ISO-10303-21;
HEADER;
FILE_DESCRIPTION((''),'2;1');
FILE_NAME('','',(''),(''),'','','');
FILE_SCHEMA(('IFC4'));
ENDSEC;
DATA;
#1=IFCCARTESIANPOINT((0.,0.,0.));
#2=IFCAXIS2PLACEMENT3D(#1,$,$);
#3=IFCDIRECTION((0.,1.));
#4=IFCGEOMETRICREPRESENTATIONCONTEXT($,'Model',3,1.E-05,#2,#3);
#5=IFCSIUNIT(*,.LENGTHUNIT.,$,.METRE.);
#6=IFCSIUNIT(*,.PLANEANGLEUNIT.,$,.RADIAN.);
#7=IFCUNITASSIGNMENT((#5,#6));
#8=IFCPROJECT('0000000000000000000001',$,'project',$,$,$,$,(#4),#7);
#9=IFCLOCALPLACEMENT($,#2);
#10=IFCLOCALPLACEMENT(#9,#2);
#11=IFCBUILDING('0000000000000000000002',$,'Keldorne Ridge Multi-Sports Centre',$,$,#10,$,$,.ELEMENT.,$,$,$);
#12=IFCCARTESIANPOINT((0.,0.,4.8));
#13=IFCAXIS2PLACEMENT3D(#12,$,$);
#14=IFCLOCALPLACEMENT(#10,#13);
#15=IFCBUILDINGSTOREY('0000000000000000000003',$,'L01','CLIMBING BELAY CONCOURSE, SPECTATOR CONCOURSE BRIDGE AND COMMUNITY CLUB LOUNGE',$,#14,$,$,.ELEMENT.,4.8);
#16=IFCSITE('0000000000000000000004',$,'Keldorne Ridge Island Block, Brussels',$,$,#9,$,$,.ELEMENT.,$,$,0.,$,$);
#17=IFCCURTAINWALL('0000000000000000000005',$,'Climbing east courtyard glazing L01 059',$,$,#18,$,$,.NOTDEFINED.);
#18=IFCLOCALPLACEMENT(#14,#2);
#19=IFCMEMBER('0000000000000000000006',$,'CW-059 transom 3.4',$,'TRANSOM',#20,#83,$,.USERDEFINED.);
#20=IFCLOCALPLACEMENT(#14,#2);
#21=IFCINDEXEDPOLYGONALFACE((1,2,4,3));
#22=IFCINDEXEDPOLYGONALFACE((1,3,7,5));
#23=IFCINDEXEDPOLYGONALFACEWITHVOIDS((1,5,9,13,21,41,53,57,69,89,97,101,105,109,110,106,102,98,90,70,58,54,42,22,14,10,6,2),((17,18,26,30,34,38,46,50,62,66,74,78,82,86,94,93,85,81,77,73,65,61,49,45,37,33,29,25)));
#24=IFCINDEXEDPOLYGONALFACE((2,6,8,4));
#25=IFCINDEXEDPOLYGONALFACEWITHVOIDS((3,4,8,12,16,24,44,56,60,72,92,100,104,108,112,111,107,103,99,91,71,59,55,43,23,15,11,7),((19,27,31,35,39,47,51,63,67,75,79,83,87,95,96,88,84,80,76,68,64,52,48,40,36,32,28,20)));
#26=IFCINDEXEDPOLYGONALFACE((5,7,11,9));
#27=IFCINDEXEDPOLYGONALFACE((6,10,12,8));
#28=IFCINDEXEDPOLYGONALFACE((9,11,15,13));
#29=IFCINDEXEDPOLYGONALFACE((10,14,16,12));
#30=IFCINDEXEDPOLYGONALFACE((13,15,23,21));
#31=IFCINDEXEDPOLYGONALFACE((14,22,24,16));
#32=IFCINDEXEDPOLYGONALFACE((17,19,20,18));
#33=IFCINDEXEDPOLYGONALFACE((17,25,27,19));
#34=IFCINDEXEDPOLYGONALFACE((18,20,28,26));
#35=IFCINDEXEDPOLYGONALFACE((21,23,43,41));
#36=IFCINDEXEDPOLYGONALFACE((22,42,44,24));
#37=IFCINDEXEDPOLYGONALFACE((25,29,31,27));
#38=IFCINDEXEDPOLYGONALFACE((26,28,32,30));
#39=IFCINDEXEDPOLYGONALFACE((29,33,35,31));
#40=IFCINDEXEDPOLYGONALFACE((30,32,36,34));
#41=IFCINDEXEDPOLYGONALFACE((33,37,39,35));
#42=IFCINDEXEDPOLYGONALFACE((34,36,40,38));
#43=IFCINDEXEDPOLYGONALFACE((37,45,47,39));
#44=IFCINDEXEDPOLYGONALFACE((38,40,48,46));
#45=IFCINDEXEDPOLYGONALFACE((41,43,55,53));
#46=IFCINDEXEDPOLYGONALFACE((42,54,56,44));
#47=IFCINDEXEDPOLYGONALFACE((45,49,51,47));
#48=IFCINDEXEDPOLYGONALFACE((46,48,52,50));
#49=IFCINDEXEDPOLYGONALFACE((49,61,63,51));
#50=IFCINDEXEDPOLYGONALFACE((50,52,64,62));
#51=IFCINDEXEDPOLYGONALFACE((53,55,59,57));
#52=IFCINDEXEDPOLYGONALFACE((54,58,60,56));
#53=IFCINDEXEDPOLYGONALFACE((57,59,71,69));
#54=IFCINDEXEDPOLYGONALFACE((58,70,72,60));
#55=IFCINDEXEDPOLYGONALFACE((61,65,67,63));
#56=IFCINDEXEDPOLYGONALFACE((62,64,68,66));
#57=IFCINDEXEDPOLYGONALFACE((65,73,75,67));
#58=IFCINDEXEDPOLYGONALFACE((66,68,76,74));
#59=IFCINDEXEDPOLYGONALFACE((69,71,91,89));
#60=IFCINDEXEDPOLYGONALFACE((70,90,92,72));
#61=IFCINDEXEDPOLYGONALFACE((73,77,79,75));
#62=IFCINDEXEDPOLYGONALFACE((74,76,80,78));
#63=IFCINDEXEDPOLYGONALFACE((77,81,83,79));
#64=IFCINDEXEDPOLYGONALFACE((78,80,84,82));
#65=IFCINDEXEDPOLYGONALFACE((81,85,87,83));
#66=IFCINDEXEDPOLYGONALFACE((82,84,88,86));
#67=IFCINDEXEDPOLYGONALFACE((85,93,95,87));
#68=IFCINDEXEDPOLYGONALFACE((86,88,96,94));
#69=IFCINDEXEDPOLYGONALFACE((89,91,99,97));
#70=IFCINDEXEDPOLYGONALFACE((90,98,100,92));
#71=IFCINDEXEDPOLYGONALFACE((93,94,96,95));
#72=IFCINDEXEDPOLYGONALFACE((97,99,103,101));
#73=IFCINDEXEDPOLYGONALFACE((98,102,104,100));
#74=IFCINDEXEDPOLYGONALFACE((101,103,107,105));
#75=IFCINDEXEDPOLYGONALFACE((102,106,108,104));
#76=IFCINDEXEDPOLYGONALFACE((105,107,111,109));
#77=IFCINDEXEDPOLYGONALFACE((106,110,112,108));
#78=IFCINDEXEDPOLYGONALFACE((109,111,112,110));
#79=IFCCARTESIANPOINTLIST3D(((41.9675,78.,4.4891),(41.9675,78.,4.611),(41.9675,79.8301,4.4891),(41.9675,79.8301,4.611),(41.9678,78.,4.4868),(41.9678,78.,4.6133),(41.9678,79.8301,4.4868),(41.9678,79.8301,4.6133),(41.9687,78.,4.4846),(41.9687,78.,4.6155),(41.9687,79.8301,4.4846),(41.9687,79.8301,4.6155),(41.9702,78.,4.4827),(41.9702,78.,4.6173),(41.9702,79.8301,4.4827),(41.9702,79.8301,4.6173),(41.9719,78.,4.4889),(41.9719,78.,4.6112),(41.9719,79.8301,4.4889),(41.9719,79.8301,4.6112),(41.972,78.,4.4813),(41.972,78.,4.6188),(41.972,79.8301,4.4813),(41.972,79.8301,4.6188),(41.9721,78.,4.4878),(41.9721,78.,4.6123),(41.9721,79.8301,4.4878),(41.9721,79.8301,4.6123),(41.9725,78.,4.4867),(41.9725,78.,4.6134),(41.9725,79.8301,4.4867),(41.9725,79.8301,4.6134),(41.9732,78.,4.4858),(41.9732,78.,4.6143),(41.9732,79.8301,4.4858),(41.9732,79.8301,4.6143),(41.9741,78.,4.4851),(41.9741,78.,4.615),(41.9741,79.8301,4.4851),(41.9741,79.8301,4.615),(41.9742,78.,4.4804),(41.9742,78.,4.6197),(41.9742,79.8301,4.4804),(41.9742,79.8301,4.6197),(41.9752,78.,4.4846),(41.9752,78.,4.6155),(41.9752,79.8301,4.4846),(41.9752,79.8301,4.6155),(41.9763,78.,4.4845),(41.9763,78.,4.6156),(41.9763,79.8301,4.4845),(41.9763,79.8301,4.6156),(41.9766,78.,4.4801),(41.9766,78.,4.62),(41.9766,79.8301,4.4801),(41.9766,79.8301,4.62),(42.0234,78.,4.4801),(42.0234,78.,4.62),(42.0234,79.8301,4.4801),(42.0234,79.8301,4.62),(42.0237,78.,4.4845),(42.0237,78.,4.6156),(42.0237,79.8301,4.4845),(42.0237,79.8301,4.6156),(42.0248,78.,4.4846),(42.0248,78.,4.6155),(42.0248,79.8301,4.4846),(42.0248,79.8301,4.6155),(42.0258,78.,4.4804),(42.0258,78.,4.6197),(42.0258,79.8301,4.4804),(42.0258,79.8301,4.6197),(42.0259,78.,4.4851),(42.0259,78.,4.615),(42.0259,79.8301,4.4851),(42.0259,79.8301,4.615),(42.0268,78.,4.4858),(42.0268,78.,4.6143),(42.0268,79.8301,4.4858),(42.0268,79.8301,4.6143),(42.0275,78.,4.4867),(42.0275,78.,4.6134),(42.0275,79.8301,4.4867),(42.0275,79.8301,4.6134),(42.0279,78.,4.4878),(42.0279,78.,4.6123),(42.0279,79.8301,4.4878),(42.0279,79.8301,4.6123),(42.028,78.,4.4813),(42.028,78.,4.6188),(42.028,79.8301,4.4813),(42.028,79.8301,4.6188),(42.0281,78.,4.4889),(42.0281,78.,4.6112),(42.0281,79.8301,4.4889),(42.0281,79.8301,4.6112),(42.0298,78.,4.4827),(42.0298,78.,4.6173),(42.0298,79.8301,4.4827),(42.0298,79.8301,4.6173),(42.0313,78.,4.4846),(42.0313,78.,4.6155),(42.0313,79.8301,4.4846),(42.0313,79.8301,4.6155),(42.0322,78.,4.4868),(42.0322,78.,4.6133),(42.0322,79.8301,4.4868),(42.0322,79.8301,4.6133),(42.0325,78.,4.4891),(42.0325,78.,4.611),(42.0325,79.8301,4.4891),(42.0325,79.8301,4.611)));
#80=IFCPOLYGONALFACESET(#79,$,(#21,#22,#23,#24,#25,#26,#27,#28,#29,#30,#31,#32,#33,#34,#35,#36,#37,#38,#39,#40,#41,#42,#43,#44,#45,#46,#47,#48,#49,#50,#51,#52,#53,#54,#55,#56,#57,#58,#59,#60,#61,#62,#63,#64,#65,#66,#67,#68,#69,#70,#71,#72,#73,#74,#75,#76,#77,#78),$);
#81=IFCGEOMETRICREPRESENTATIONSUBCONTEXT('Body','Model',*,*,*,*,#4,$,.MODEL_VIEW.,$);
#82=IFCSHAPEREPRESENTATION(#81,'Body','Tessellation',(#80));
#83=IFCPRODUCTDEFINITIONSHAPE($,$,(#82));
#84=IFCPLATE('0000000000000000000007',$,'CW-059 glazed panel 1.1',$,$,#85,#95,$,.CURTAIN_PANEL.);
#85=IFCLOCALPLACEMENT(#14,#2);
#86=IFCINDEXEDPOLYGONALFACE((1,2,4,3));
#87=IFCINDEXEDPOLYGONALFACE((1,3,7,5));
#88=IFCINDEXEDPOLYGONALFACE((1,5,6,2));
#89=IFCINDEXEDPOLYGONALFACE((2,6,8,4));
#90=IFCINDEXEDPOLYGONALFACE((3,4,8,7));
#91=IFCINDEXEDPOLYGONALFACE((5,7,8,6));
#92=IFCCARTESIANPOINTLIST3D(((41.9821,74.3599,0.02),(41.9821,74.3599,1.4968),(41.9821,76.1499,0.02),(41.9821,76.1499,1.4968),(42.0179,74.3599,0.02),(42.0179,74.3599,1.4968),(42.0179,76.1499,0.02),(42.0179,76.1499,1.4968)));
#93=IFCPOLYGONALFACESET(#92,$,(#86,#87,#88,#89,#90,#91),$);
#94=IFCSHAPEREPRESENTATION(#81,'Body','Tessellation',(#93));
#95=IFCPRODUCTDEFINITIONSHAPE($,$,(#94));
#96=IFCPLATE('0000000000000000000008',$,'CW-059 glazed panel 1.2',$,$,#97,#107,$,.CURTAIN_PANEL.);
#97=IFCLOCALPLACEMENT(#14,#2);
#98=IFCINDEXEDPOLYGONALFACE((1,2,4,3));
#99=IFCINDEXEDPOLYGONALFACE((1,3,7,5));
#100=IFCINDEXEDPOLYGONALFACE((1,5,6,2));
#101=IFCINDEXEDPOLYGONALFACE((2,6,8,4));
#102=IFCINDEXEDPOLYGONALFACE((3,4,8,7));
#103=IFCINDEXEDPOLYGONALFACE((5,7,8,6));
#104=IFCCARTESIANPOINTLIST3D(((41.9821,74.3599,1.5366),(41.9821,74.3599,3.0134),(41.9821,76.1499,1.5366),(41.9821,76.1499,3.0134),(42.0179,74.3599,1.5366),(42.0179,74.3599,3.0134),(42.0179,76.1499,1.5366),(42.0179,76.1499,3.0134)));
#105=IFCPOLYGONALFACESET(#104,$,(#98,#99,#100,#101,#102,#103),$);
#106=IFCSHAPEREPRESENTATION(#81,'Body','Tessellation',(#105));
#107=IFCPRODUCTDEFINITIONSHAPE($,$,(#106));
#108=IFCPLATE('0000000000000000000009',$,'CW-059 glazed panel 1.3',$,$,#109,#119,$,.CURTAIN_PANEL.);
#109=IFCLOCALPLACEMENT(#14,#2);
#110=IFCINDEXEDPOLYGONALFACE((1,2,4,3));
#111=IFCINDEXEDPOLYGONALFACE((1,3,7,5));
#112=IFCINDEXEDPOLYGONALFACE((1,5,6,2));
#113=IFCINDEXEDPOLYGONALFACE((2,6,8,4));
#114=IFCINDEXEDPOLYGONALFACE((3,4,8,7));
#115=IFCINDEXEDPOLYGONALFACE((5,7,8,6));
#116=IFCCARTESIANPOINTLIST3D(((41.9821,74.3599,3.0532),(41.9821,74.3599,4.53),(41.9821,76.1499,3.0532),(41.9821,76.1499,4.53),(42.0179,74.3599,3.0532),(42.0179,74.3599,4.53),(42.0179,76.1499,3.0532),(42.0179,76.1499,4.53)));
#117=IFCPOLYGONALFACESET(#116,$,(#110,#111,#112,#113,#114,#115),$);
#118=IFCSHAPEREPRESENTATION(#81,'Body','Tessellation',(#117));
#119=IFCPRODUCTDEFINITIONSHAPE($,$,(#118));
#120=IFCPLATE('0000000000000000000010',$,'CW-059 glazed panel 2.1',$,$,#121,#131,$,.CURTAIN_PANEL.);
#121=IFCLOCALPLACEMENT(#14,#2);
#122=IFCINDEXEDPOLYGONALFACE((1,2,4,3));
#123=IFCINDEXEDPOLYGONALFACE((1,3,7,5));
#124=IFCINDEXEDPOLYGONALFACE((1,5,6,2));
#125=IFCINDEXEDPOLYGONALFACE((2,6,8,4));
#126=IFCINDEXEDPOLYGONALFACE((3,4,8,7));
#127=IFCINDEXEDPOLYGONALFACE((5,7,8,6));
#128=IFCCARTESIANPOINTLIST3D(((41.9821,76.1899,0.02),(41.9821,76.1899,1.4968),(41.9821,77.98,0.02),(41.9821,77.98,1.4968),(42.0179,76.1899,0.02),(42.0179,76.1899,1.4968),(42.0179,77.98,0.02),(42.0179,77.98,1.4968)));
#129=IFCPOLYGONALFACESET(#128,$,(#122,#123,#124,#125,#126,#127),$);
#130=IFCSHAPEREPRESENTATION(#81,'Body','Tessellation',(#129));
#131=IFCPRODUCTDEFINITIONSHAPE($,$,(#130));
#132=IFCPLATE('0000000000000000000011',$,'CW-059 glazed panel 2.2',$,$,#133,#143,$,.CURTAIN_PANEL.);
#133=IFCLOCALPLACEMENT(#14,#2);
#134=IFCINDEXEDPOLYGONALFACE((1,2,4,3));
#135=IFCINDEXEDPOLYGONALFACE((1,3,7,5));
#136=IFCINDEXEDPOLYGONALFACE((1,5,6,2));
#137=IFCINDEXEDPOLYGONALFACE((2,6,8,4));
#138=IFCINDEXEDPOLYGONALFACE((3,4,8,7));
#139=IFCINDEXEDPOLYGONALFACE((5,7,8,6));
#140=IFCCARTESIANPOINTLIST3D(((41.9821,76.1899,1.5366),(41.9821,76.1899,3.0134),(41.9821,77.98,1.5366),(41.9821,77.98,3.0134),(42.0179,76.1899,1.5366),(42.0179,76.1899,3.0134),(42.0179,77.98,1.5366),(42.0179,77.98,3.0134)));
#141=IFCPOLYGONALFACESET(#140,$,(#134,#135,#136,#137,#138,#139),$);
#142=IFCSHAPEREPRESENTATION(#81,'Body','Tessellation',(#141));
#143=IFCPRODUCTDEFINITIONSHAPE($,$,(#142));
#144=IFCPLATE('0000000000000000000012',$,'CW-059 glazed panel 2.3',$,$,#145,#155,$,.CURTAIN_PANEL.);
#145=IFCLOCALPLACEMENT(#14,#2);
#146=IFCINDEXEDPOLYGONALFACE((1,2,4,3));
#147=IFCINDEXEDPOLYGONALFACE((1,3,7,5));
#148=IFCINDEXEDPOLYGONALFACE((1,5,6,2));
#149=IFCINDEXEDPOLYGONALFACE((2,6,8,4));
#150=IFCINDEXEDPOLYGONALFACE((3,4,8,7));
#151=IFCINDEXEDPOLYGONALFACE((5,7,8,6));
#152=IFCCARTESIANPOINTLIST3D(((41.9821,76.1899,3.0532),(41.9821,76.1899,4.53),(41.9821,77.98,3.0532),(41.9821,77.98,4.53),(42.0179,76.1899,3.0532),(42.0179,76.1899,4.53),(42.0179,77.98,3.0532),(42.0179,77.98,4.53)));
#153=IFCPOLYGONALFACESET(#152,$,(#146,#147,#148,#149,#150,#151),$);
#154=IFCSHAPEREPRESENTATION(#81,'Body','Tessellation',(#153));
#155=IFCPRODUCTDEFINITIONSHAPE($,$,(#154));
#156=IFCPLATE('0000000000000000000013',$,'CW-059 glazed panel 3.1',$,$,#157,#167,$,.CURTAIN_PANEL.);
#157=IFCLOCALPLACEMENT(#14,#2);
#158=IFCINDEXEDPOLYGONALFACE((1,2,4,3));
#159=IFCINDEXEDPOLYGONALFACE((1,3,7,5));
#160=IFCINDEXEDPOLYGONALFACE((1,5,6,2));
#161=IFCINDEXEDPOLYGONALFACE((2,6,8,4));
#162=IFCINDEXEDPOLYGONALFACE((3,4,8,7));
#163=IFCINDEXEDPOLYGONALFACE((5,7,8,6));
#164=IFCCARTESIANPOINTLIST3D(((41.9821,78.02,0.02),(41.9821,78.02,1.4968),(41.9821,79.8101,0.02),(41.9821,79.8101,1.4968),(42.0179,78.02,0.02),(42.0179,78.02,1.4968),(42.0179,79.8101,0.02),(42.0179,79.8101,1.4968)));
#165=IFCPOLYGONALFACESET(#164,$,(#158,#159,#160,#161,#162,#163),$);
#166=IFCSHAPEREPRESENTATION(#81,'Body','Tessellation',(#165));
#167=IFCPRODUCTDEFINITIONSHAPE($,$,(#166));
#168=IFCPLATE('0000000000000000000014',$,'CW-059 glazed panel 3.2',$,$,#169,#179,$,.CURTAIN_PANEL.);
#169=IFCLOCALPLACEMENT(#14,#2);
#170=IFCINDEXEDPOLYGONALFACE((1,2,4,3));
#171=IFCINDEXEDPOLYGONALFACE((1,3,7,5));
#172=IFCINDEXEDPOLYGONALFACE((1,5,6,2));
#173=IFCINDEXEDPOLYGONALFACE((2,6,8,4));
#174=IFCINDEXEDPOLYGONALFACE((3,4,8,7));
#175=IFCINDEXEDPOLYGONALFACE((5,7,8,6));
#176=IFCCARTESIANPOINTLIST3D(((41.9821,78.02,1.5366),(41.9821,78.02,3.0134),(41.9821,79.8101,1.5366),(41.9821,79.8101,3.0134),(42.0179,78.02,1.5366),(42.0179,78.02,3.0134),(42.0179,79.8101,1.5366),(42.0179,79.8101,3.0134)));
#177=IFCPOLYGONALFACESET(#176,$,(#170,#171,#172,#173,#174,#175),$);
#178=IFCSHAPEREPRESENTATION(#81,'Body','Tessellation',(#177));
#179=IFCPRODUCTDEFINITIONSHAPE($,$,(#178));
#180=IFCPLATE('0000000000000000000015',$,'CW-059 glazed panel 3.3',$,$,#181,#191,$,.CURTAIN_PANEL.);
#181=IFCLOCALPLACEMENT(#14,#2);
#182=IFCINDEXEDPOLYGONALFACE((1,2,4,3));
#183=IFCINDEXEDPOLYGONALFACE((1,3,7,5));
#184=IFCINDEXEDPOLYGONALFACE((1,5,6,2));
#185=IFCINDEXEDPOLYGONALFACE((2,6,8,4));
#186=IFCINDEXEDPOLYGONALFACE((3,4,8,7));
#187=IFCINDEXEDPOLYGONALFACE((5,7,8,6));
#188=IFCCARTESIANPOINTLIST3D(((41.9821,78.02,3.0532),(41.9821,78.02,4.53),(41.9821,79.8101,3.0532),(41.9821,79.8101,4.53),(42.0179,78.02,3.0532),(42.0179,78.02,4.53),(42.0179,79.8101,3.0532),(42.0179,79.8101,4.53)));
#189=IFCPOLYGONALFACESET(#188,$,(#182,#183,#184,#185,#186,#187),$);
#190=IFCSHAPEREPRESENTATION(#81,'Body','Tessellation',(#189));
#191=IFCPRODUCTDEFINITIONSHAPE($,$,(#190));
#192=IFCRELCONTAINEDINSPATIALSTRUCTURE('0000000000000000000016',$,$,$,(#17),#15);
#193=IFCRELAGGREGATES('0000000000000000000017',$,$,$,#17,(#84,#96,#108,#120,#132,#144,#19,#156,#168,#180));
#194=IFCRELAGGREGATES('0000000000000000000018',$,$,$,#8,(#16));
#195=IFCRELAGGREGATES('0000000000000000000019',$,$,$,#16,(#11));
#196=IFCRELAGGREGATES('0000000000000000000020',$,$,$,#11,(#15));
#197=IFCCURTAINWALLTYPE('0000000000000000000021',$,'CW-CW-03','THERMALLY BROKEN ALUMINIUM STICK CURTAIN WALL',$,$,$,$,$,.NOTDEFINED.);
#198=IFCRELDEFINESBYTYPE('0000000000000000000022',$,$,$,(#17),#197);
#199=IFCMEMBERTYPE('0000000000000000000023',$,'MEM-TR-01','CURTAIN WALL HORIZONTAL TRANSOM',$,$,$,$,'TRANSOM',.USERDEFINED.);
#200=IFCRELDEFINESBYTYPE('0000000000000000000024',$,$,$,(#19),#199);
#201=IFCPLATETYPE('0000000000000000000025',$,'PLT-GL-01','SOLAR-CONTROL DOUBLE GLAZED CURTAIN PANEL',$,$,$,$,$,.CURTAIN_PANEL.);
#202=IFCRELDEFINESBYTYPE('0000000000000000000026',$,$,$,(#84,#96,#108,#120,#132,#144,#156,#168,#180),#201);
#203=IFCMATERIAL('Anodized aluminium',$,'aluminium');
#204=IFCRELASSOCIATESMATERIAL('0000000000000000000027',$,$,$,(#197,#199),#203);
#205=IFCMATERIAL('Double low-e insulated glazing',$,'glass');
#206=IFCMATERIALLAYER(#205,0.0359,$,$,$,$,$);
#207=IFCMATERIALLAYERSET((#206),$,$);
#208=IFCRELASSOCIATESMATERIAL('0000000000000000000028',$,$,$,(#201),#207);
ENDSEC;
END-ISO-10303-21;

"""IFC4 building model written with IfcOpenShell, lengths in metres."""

from ifc_helpers import new_model, si_unit, direction, frame, origin, origin_2d, place, context, subcontext, project, spatial, rectangle, hollow_rectangle, extrude, material, layer, layer_set, material_profile, profile_set, type_object, element, aggregate, save


model = new_model("IFC4")

# Units and contexts
model_context = context("Model", 3, precision=1e-05, world=origin(), true_north=direction((0.0, 1.0)))
body_context = subcontext(model_context, "Body", "Model", "MODEL_VIEW")
ifc_project = project(units=[si_unit("LENGTHUNIT", "METRE"), si_unit("PLANEANGLEUNIT", "RADIAN")], contexts=[model_context])

# Site, building, storey
site_placement = place(None, origin())
site = spatial("IfcSite", under=ifc_project, at=site_placement, Name="Keldorne Ridge Island Block, Brussels", CompositionType="ELEMENT", RefElevation=0.0)
building_placement = place(site_placement, origin())
building = spatial("IfcBuilding", under=site, at=building_placement, Name="Keldorne Ridge Multi-Sports Centre", CompositionType="ELEMENT")
storey_placement = place(building_placement, frame((0.0, 0.0, 4.8)))
storey = spatial("IfcBuildingStorey", under=building, at=storey_placement, Name="L01", Description="CLIMBING BELAY CONCOURSE, SPECTATOR CONCOURSE BRIDGE AND COMMUNITY CLUB LOUNGE", CompositionType="ELEMENT", Elevation=4.8)

# Curtain wall
ifc_material_1 = material(Name="Anodized aluminium", Category="aluminium")
curtain_wall_type_1 = type_object("IfcCurtainWallType", Name="CW-CW-03", Description="THERMALLY BROKEN ALUMINIUM STICK CURTAIN WALL", PredefinedType="NOTDEFINED", material=ifc_material_1)
curtain_wall_1_placement = place(storey_placement, origin())
curtain_wall_1 = element("IfcCurtainWall", 1, at=curtain_wall_1_placement, inside=storey, type_object=curtain_wall_type_1, Name="Climbing east courtyard glazing L01 059", PredefinedType="NOTDEFINED")
ifc_material_profile_1 = material_profile(ifc_material_1, hollow_rectangle(XDim=0.0649, YDim=0.1399, WallThickness=0.0044, InnerFilletRadius=0.0044, OuterFilletRadius=0.009, at=origin_2d()), Name="ALU TRANSOM 140x65x4.5")
ifc_profile_set_1 = profile_set([ifc_material_profile_1], Name="Anodized aluminium")
member_type_1 = type_object("IfcMemberType", Name="MEM-TR-01", Description="CURTAIN WALL HORIZONTAL TRANSOM", ElementType="TRANSOM", PredefinedType="USERDEFINED", material=ifc_profile_set_1)

# Member
member_1_placement = place(storey_placement, frame((42.0, 78.0, 4.55), z_axis=(0.0, 1.0, 0.0), x_axis=(-1.0, 0.0, 0.0)))
member_1 = element("IfcMember", 2, at=member_1_placement, type_object=member_type_1, Name="CW-059 transom 3.4", ObjectType="TRANSOM", PredefinedType="USERDEFINED", context=body_context, shape_type="SweptSolid", body=[
    extrude(hollow_rectangle(XDim=0.0649, YDim=0.1399, WallThickness=0.0044, InnerFilletRadius=0.0044, OuterFilletRadius=0.009, at=origin_2d()), origin(), (0.0, 0.0, 1.0), 1.8301),
])

# Plates
ifc_material_2 = material(Name="Double low-e insulated glazing", Category="glass")
ifc_layer_1 = layer(ifc_material_2, 0.0359)
ifc_layer_set_1 = layer_set([ifc_layer_1])
plate_type_1 = type_object("IfcPlateType", Name="PLT-GL-01", Description="SOLAR-CONTROL DOUBLE GLAZED CURTAIN PANEL", PredefinedType="CURTAIN_PANEL", material=ifc_layer_set_1)
plate_1_placement = place(storey_placement, frame((42.0, 75.2549, 0.02), z_axis=(0.0, 0.0, 1.0), x_axis=(0.0, 1.0, 0.0)))
plate_1 = element("IfcPlate", 3, at=plate_1_placement, type_object=plate_type_1, Name="CW-059 glazed panel 1.1", PredefinedType="CURTAIN_PANEL", context=body_context, shape_type="SweptSolid", body=[
    extrude(rectangle(XDim=1.79, YDim=0.0359, at=origin_2d()), origin(), (0.0, 0.0, 1.0), 1.4768),
])
plate_2_placement = place(storey_placement, frame((42.0, 75.2549, 1.5366), z_axis=(0.0, 0.0, 1.0), x_axis=(0.0, 1.0, 0.0)))
plate_2 = element("IfcPlate", 4, at=plate_2_placement, type_object=plate_type_1, Name="CW-059 glazed panel 1.2", PredefinedType="CURTAIN_PANEL", context=body_context, shape_type="SweptSolid", body=[
    extrude(rectangle(XDim=1.79, YDim=0.0359, at=origin_2d()), origin(), (0.0, 0.0, 1.0), 1.4768),
])
plate_3_placement = place(storey_placement, frame((42.0, 75.2549, 3.0532), z_axis=(0.0, 0.0, 1.0), x_axis=(0.0, 1.0, 0.0)))
plate_3 = element("IfcPlate", 5, at=plate_3_placement, type_object=plate_type_1, Name="CW-059 glazed panel 1.3", PredefinedType="CURTAIN_PANEL", context=body_context, shape_type="SweptSolid", body=[
    extrude(rectangle(XDim=1.79, YDim=0.0359, at=origin_2d()), origin(), (0.0, 0.0, 1.0), 1.4768),
])
plate_4_placement = place(storey_placement, frame((42.0, 77.085, 0.02), z_axis=(0.0, 0.0, 1.0), x_axis=(0.0, 1.0, 0.0)))
plate_4 = element("IfcPlate", 6, at=plate_4_placement, type_object=plate_type_1, Name="CW-059 glazed panel 2.1", PredefinedType="CURTAIN_PANEL", context=body_context, shape_type="SweptSolid", body=[
    extrude(rectangle(XDim=1.79, YDim=0.0359, at=origin_2d()), origin(), (0.0, 0.0, 1.0), 1.4768),
])
plate_5_placement = place(storey_placement, frame((42.0, 77.085, 1.5366), z_axis=(0.0, 0.0, 1.0), x_axis=(0.0, 1.0, 0.0)))
plate_5 = element("IfcPlate", 7, at=plate_5_placement, type_object=plate_type_1, Name="CW-059 glazed panel 2.2", PredefinedType="CURTAIN_PANEL", context=body_context, shape_type="SweptSolid", body=[
    extrude(rectangle(XDim=1.79, YDim=0.0359, at=origin_2d()), origin(), (0.0, 0.0, 1.0), 1.4768),
])
plate_6_placement = place(storey_placement, frame((42.0, 77.085, 3.0532), z_axis=(0.0, 0.0, 1.0), x_axis=(0.0, 1.0, 0.0)))
plate_6 = element("IfcPlate", 8, at=plate_6_placement, type_object=plate_type_1, Name="CW-059 glazed panel 2.3", PredefinedType="CURTAIN_PANEL", context=body_context, shape_type="SweptSolid", body=[
    extrude(rectangle(XDim=1.79, YDim=0.0359, at=origin_2d()), origin(), (0.0, 0.0, 1.0), 1.4768),
])
plate_7_placement = place(storey_placement, frame((42.0, 78.915, 0.02), z_axis=(0.0, 0.0, 1.0), x_axis=(0.0, 1.0, 0.0)))
plate_7 = element("IfcPlate", 9, at=plate_7_placement, type_object=plate_type_1, Name="CW-059 glazed panel 3.1", PredefinedType="CURTAIN_PANEL", context=body_context, shape_type="SweptSolid", body=[
    extrude(rectangle(XDim=1.79, YDim=0.0359, at=origin_2d()), origin(), (0.0, 0.0, 1.0), 1.4768),
])
plate_8_placement = place(storey_placement, frame((42.0, 78.915, 1.5366), z_axis=(0.0, 0.0, 1.0), x_axis=(0.0, 1.0, 0.0)))
plate_8 = element("IfcPlate", 10, at=plate_8_placement, type_object=plate_type_1, Name="CW-059 glazed panel 3.2", PredefinedType="CURTAIN_PANEL", context=body_context, shape_type="SweptSolid", body=[
    extrude(rectangle(XDim=1.79, YDim=0.0359, at=origin_2d()), origin(), (0.0, 0.0, 1.0), 1.4768),
])
plate_9_placement = place(storey_placement, frame((42.0, 78.915, 3.0532), z_axis=(0.0, 0.0, 1.0), x_axis=(0.0, 1.0, 0.0)))
plate_9 = element("IfcPlate", 11, at=plate_9_placement, type_object=plate_type_1, Name="CW-059 glazed panel 3.3", PredefinedType="CURTAIN_PANEL", context=body_context, shape_type="SweptSolid", body=[
    extrude(rectangle(XDim=1.79, YDim=0.0359, at=origin_2d()), origin(), (0.0, 0.0, 1.0), 1.4768),
])
aggregate(curtain_wall_1, [plate_1, plate_2, plate_3, plate_4, plate_5, plate_6, member_1, plate_7, plate_8, plate_9])

save(model, "model.ifc")
